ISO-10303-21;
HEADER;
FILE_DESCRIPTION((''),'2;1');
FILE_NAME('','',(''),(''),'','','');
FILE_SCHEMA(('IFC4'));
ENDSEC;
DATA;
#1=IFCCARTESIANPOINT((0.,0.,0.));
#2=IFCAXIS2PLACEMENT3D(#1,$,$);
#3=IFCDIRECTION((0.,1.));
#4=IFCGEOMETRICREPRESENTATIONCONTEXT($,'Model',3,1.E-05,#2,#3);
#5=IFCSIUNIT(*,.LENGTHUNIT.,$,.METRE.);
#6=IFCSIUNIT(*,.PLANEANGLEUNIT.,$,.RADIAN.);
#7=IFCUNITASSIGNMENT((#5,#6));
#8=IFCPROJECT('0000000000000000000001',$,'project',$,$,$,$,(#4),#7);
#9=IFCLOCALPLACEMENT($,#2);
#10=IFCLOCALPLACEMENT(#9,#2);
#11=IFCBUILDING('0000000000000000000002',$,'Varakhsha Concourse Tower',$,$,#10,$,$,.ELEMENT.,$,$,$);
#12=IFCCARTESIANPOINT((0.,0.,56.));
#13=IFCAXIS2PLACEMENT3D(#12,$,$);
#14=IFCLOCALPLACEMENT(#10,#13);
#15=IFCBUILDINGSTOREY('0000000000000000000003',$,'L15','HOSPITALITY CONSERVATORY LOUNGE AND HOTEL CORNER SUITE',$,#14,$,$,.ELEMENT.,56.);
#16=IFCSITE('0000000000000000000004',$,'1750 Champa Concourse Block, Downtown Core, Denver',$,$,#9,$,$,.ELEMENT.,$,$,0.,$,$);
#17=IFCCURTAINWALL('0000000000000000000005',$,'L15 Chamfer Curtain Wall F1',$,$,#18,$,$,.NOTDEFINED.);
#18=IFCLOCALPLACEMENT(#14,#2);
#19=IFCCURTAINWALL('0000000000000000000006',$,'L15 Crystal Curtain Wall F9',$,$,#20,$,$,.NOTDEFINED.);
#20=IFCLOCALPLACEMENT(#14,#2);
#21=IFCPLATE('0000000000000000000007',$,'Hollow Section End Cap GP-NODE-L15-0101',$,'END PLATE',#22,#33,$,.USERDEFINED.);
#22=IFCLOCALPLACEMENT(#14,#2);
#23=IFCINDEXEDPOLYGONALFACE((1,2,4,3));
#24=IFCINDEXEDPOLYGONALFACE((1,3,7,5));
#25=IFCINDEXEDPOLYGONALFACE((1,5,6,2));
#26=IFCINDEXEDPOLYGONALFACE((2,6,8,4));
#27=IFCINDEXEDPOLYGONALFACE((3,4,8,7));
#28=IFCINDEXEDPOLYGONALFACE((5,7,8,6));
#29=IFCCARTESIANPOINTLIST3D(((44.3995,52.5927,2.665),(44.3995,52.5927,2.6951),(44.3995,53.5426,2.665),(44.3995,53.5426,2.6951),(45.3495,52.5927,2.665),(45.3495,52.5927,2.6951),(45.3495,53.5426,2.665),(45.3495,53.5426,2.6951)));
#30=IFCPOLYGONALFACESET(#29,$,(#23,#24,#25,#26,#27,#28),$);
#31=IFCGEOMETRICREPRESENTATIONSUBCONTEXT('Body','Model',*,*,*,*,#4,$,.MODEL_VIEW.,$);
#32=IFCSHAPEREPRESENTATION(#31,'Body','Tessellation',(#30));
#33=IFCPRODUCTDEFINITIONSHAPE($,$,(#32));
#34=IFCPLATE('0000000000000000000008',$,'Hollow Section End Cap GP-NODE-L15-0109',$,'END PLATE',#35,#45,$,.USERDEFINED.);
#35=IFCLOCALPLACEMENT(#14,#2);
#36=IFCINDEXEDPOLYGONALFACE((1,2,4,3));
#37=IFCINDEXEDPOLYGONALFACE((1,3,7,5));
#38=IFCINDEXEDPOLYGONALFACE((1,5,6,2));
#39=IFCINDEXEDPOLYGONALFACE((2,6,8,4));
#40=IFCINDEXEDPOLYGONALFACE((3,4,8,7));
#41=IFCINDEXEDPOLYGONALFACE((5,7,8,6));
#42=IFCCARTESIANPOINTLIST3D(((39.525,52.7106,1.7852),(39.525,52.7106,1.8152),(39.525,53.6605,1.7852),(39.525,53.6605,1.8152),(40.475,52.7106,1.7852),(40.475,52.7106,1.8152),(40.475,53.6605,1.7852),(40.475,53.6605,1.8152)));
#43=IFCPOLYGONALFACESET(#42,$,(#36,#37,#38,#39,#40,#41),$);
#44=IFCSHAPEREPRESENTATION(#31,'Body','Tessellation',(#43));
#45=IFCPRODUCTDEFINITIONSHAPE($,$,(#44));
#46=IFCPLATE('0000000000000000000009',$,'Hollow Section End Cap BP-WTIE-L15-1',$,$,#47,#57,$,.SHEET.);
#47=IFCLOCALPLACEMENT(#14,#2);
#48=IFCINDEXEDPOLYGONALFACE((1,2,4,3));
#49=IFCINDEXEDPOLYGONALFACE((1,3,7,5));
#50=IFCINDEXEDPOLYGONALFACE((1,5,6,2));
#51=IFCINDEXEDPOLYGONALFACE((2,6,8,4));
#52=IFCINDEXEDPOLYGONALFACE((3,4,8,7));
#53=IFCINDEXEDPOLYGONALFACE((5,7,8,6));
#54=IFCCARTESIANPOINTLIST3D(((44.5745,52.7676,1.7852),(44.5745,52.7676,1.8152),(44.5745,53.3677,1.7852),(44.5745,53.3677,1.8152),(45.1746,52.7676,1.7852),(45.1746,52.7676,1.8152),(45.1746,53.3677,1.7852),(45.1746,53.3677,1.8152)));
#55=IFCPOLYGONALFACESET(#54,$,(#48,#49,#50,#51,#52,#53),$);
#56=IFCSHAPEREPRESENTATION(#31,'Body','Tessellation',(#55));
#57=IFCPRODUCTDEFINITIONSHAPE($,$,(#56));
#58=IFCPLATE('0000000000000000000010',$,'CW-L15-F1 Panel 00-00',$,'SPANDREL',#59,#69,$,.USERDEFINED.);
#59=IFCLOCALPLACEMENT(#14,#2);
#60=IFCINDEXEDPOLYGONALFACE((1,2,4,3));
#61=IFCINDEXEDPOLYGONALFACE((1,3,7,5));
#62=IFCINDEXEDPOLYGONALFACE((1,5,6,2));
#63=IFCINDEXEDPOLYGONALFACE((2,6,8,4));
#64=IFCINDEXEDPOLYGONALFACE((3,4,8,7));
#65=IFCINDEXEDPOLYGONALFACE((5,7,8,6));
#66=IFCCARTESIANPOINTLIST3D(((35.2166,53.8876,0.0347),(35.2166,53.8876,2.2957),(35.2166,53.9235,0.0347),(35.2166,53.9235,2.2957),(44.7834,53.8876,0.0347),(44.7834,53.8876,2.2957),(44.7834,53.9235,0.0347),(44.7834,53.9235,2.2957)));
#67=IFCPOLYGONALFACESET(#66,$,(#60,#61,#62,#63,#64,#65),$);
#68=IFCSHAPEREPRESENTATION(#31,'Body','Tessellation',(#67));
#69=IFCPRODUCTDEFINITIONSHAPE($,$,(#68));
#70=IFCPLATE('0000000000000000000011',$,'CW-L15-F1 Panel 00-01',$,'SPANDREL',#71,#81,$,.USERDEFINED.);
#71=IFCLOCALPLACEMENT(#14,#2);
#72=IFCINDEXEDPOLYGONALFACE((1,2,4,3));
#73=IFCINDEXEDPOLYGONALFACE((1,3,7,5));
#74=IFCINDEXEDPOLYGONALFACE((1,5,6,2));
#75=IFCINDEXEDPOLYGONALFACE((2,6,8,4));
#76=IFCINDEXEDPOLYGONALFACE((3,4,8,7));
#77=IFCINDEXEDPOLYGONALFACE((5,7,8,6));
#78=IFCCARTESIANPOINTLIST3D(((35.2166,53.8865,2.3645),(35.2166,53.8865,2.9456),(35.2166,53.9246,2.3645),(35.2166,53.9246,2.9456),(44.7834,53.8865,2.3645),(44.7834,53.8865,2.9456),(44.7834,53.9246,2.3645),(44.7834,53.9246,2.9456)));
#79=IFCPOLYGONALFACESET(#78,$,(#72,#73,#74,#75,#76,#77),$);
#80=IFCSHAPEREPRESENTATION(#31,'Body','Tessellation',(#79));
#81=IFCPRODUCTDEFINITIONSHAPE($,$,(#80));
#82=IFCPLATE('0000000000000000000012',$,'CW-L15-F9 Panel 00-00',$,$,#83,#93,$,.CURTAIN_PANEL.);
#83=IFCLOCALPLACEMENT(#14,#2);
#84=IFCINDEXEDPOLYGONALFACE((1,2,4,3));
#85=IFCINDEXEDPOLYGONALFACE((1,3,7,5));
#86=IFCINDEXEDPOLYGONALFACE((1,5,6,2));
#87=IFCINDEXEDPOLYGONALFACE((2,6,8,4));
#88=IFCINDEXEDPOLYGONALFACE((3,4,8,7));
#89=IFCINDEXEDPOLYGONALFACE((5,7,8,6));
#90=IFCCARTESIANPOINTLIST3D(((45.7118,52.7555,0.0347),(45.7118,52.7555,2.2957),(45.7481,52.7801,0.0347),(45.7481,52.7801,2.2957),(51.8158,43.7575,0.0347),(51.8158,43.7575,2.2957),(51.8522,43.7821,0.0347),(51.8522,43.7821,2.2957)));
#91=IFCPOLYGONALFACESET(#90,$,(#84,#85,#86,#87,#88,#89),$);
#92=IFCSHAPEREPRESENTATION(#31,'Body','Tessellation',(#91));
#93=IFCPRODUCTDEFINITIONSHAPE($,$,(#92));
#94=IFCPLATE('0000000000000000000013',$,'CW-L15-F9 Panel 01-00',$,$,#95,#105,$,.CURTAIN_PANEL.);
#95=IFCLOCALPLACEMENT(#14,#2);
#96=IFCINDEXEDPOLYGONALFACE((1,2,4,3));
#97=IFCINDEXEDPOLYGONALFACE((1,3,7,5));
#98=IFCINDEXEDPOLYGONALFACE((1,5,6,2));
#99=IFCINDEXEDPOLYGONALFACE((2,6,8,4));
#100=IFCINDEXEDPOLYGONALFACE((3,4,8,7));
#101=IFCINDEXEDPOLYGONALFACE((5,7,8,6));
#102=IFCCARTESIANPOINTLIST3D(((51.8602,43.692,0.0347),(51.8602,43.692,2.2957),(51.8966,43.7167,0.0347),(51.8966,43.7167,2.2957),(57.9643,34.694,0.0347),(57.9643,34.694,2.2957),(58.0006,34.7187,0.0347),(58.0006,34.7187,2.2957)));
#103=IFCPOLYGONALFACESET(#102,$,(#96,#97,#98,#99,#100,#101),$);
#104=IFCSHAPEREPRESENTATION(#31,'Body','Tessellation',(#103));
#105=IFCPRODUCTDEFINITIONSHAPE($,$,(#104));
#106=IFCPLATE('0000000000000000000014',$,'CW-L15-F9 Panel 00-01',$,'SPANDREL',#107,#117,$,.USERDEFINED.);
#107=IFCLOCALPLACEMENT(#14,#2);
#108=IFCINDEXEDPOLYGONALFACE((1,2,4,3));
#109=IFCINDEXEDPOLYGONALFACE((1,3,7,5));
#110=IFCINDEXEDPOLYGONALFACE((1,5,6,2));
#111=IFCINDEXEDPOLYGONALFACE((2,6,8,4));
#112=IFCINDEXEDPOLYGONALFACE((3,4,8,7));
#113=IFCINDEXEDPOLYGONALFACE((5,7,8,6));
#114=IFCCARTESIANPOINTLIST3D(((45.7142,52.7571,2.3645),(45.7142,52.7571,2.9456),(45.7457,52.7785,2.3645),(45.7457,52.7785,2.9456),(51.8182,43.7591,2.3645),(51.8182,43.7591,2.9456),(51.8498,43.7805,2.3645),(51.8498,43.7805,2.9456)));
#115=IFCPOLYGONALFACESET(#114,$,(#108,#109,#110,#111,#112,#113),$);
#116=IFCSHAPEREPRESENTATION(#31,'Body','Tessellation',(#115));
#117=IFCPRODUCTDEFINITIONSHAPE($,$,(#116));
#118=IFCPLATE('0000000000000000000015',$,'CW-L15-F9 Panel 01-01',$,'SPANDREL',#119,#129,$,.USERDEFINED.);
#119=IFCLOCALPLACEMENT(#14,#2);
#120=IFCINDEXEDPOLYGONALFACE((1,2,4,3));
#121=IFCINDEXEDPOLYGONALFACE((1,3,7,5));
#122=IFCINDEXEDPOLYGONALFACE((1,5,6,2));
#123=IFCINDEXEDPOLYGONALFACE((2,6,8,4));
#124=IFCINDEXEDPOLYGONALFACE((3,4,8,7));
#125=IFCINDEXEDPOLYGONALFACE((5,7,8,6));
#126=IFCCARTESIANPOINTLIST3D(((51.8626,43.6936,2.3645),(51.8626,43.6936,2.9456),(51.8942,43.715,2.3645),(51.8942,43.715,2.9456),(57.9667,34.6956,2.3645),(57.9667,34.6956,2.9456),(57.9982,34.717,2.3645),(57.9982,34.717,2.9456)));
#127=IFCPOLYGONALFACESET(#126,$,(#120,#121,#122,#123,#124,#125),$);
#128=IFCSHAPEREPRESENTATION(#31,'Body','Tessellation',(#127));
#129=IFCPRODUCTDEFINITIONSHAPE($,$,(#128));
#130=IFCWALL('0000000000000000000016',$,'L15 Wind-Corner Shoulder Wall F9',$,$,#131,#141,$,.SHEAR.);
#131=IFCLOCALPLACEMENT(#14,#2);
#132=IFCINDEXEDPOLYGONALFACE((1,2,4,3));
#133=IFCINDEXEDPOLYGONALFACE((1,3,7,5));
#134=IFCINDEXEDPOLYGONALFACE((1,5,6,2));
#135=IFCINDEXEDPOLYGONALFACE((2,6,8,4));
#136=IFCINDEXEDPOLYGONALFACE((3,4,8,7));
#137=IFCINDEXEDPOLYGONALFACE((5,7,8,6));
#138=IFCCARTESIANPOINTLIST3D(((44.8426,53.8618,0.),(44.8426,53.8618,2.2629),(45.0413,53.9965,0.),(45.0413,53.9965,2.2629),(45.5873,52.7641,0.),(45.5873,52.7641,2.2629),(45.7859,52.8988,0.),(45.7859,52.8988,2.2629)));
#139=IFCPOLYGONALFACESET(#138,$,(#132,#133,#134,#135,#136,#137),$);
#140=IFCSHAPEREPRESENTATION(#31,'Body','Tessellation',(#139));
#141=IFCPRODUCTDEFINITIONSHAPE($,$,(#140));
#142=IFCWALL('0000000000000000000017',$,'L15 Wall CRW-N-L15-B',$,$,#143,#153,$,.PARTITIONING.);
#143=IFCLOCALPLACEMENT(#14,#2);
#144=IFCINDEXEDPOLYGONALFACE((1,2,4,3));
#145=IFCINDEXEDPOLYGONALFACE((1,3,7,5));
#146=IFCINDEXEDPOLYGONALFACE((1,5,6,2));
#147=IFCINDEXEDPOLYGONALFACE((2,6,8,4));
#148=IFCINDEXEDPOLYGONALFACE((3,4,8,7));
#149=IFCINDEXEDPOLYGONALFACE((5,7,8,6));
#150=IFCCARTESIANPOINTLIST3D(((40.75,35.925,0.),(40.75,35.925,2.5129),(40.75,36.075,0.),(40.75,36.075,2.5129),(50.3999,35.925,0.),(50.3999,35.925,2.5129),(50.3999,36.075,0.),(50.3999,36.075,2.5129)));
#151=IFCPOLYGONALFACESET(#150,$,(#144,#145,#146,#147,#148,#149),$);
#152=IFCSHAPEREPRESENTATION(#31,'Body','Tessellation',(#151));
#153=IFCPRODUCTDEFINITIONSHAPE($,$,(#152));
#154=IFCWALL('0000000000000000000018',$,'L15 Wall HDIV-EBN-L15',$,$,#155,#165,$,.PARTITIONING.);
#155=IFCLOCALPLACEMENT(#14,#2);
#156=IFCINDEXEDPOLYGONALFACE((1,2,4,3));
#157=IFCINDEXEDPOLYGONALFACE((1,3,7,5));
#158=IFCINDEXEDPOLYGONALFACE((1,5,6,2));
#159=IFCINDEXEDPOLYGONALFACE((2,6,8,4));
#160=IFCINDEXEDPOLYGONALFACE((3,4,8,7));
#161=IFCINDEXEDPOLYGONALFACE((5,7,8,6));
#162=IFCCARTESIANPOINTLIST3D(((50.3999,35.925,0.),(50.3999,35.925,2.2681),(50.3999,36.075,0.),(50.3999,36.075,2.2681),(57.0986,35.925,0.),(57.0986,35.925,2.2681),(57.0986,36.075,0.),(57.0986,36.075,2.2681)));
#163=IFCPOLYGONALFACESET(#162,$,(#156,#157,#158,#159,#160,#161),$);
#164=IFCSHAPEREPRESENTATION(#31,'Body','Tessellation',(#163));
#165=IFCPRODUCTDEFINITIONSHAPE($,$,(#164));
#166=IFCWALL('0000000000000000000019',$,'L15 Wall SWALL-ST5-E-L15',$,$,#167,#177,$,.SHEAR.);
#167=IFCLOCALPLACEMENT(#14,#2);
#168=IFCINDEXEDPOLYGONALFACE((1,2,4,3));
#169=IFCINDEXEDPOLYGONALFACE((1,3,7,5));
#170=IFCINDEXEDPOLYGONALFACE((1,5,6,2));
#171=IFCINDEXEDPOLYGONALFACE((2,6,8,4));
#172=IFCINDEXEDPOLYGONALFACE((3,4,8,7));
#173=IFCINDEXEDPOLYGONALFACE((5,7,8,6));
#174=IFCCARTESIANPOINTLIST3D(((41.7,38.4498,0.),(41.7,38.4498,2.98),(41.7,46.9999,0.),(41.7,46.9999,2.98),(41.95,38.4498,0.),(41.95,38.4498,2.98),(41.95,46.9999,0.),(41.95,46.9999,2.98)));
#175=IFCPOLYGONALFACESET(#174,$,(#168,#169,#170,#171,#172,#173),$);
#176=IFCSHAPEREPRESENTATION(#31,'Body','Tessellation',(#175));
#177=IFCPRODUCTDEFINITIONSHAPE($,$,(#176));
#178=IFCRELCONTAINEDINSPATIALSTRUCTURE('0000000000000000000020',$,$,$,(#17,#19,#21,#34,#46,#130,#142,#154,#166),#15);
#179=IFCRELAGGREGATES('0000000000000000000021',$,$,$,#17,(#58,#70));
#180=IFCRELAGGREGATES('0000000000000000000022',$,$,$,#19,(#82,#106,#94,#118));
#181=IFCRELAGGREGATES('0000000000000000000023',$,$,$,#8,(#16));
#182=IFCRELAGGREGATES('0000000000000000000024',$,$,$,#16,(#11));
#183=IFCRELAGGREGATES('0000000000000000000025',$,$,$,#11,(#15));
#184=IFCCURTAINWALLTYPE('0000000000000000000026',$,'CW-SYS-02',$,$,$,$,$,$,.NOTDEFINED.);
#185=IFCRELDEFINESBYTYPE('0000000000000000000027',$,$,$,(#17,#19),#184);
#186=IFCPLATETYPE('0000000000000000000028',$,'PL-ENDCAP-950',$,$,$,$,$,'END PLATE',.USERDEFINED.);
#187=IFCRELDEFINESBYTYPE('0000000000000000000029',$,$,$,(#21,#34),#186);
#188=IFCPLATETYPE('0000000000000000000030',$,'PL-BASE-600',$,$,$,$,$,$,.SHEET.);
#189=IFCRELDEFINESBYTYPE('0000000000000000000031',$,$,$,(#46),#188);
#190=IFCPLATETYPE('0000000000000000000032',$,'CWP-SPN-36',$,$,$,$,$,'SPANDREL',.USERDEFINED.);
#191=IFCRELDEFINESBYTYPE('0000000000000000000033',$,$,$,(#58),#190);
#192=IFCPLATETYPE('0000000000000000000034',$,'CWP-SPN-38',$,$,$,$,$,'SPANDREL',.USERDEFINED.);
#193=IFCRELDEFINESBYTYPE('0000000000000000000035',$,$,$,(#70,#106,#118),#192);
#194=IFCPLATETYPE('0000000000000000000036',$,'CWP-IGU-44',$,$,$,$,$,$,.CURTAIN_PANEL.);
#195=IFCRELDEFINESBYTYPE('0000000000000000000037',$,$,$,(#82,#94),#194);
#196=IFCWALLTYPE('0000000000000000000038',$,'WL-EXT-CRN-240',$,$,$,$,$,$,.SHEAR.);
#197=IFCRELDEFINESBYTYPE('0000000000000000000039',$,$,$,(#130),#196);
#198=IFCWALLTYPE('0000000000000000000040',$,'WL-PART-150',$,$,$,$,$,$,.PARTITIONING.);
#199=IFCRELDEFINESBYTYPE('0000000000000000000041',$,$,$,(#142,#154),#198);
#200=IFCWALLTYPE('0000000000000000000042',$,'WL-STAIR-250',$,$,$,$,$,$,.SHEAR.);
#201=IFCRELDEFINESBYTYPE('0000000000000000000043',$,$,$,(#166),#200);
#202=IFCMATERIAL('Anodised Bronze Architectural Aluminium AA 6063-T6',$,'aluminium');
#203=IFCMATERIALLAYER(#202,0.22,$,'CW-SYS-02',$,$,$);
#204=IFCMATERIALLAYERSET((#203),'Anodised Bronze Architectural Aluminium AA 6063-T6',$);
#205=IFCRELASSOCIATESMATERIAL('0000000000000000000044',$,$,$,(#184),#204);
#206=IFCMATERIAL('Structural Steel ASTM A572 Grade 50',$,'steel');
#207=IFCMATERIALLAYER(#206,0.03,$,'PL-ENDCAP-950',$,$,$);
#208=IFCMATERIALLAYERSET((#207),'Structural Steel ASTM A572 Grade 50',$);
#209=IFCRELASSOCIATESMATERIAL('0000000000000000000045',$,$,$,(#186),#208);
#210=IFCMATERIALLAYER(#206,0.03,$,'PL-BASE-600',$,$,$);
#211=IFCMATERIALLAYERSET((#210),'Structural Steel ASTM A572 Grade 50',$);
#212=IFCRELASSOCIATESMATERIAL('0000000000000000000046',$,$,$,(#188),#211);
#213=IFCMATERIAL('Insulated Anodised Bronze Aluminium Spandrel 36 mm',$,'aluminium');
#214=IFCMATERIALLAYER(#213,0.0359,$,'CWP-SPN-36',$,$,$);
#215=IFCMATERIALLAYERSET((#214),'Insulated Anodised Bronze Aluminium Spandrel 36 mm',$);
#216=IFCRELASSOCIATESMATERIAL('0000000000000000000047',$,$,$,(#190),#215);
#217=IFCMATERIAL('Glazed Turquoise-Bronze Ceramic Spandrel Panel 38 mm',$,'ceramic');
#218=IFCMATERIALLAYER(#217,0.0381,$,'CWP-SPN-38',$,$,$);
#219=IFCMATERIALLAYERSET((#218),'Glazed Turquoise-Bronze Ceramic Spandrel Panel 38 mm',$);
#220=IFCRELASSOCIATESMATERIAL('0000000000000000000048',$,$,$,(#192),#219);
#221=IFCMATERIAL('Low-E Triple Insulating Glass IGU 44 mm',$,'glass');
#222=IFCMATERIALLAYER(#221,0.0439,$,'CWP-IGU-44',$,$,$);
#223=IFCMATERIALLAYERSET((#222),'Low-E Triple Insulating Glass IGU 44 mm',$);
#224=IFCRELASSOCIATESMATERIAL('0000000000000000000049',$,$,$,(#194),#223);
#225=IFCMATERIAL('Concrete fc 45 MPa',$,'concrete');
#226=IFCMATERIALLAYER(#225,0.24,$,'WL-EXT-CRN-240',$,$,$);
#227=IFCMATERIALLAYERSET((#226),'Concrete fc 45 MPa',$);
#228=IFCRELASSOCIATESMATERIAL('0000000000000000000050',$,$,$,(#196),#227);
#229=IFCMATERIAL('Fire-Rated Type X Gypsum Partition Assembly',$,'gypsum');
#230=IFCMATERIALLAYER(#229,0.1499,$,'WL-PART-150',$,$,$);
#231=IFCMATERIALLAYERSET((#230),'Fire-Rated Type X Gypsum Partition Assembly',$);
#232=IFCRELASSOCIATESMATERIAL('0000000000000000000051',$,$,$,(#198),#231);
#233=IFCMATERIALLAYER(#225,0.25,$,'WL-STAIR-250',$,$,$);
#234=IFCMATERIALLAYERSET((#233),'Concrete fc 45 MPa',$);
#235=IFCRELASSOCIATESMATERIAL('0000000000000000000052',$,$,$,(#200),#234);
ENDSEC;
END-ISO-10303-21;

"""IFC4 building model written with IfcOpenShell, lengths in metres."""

from ifc_helpers import new_model, si_unit, direction, frame, frame_2d, origin, origin_2d, place, context, subcontext, project, spatial, rectangle, extrude, source, transform, mapped, material, layer, layer_set, type_object, type_shapes, element, aggregate, save


model = new_model("IFC4")

# Units and contexts
model_context = context("Model", 3, precision=1e-05, world=origin(), true_north=direction((0.0, 1.0)))
body_context = subcontext(model_context, "Body", "Model", "MODEL_VIEW")
ifc_project = project(units=[si_unit("LENGTHUNIT", "METRE"), si_unit("PLANEANGLEUNIT", "RADIAN")], contexts=[model_context])

# Site, building, storey
site_placement = place(None, origin())
site = spatial("IfcSite", under=ifc_project, at=site_placement, Name="1750 Champa Concourse Block, Downtown Core, Denver", CompositionType="ELEMENT", RefElevation=0.0)
building_placement = place(site_placement, origin())
building = spatial("IfcBuilding", under=site, at=building_placement, Name="Varakhsha Concourse Tower", CompositionType="ELEMENT")
storey_placement = place(building_placement, frame((0.0, 0.0, 56.0)))
storey = spatial("IfcBuildingStorey", under=building, at=storey_placement, Name="L15", Description="HOSPITALITY CONSERVATORY LOUNGE AND HOTEL CORNER SUITE", CompositionType="ELEMENT", Elevation=56.0)

# Shared definitions
ifc_material_1 = material(Name="Structural Steel ASTM A572 Grade 50", Category="steel")

# Curtain wall
ifc_material_2 = material(Name="Anodised Bronze Architectural Aluminium AA 6063-T6", Category="aluminium")
ifc_layer_1 = layer(ifc_material_2, 0.22, Name="CW-SYS-02")
ifc_layer_set_1 = layer_set([ifc_layer_1], Name="Anodised Bronze Architectural Aluminium AA 6063-T6")
curtain_wall_type = type_object("IfcCurtainWallType", Name="CW-SYS-02", PredefinedType="NOTDEFINED", material=ifc_layer_set_1)
curtain_wall_1_placement = place(storey_placement, origin())
curtain_wall_1 = element("IfcCurtainWall", 1, at=curtain_wall_1_placement, inside=storey, type_object=curtain_wall_type, Name="L15 Chamfer Curtain Wall F1", PredefinedType="NOTDEFINED")

# Curtain wall
curtain_wall_2_placement = place(storey_placement, origin())
curtain_wall_2 = element("IfcCurtainWall", 2, at=curtain_wall_2_placement, inside=storey, type_object=curtain_wall_type, Name="L15 Crystal Curtain Wall F9", PredefinedType="NOTDEFINED")

# Plates
ifc_layer_2 = layer(ifc_material_1, 0.03, Name="PL-ENDCAP-950")
ifc_layer_set_2 = layer_set([ifc_layer_2], Name="Structural Steel ASTM A572 Grade 50")
plate_type_1 = type_object("IfcPlateType", Name="PL-ENDCAP-950", ElementType="END PLATE", PredefinedType="USERDEFINED", material=ifc_layer_set_2)
shared_shape_1 = source(origin(), body_context, "Body", "SweptSolid", [
    extrude(rectangle(XDim=0.95, YDim=0.95, at=origin_2d()), origin(), (0.0, 0.0, 1.0), 0.03),
])
type_shapes(plate_type_1, [shared_shape_1])
for number, where, z_axis, x_axis, name in (
    (3, (44.8745, 53.0676, 2.665), (0.0, 0.0, 1.0), (1.0, 0.0, 0.0), "Hollow Section End Cap GP-NODE-L15-0101"),
    (4, (40.0, 53.1855, 1.7852), (0.0, 0.0, 1.0), (1.0, 0.0, 0.0), "Hollow Section End Cap GP-NODE-L15-0109"),
):
    element("IfcPlate", number, at=place(storey_placement, frame(where, z_axis=z_axis, x_axis=x_axis)), inside=storey, type_object=plate_type_1, Name=name, ObjectType="END PLATE", PredefinedType="USERDEFINED", context=body_context, shape_type="MappedRepresentation", body=[
        mapped(shared_shape_1, transform((0.0, 0.0, 0.0), scale=1.0)),
    ])
ifc_layer_3 = layer(ifc_material_1, 0.03, Name="PL-BASE-600")
ifc_layer_set_3 = layer_set([ifc_layer_3], Name="Structural Steel ASTM A572 Grade 50")
plate_type_2 = type_object("IfcPlateType", Name="PL-BASE-600", PredefinedType="SHEET", material=ifc_layer_set_3)
shared_shape_2 = source(origin(), body_context, "Body", "SweptSolid", [
    extrude(rectangle(XDim=0.6001, YDim=0.6001, at=origin_2d()), origin(), (0.0, 0.0, 1.0), 0.03),
])
type_shapes(plate_type_2, [shared_shape_2])
plate_1_placement = place(storey_placement, frame((44.8745, 53.0676, 1.7852), z_axis=(0.0, 0.0, 1.0), x_axis=(1.0, 0.0, 0.0)))
element("IfcPlate", 5, at=plate_1_placement, inside=storey, type_object=plate_type_2, Name="Hollow Section End Cap BP-WTIE-L15-1", PredefinedType="SHEET", context=body_context, shape_type="MappedRepresentation", body=[
    mapped(shared_shape_2, transform((0.0, 0.0, 0.0), scale=1.0)),
])

# Plates
ifc_material_3 = material(Name="Insulated Anodised Bronze Aluminium Spandrel 36 mm", Category="aluminium")
ifc_layer_4 = layer(ifc_material_3, 0.0359, Name="CWP-SPN-36")
ifc_layer_set_4 = layer_set([ifc_layer_4], Name="Insulated Anodised Bronze Aluminium Spandrel 36 mm")
plate_type_3 = type_object("IfcPlateType", Name="CWP-SPN-36", ElementType="SPANDREL", PredefinedType="USERDEFINED", material=ifc_layer_set_4)
shared_shape_3 = source(origin(), body_context, "Body", "SweptSolid", [
    extrude(rectangle(XDim=9.5669, YDim=0.0359, at=origin_2d()), origin(), (0.0, 0.0, 1.0), 2.261),
])
type_shapes(plate_type_3, [shared_shape_3])
plate_2_placement = place(storey_placement, frame((40.0, 53.9055, 0.0347), z_axis=(0.0, 0.0, 1.0), x_axis=(1.0, 0.0, 0.0)))
plate_2 = element("IfcPlate", 6, at=plate_2_placement, type_object=plate_type_3, Name="CW-L15-F1 Panel 00-00", ObjectType="SPANDREL", PredefinedType="USERDEFINED", context=body_context, shape_type="MappedRepresentation", body=[
    mapped(shared_shape_3, transform((0.0, 0.0, 0.0), scale=1.0)),
])
ifc_material_4 = material(Name="Glazed Turquoise-Bronze Ceramic Spandrel Panel 38 mm", Category="ceramic")
ifc_layer_5 = layer(ifc_material_4, 0.0381, Name="CWP-SPN-38")
ifc_layer_set_5 = layer_set([ifc_layer_5], Name="Glazed Turquoise-Bronze Ceramic Spandrel Panel 38 mm")
plate_type_4 = type_object("IfcPlateType", Name="CWP-SPN-38", ElementType="SPANDREL", PredefinedType="USERDEFINED", material=ifc_layer_set_5)
shared_shape_4 = source(origin(), body_context, "Body", "SweptSolid", [
    extrude(rectangle(XDim=9.5669, YDim=0.0381, at=origin_2d()), origin(), (0.0, 0.0, 1.0), 0.5811),
])
plate_3_placement = place(storey_placement, frame((40.0, 53.9055, 2.3645), z_axis=(0.0, 0.0, 1.0), x_axis=(1.0, 0.0, 0.0)))
plate_3 = element("IfcPlate", 7, at=plate_3_placement, type_object=plate_type_4, Name="CW-L15-F1 Panel 00-01", ObjectType="SPANDREL", PredefinedType="USERDEFINED", context=body_context, shape_type="MappedRepresentation", body=[
    mapped(shared_shape_4, transform((0.0, 0.0, 0.0), scale=1.0)),
])
aggregate(curtain_wall_1, [plate_2, plate_3])
ifc_material_5 = material(Name="Low-E Triple Insulating Glass IGU 44 mm", Category="glass")
ifc_layer_6 = layer(ifc_material_5, 0.0439, Name="CWP-IGU-44")
ifc_layer_set_6 = layer_set([ifc_layer_6], Name="Low-E Triple Insulating Glass IGU 44 mm")
plate_type_5 = type_object("IfcPlateType", Name="CWP-IGU-44", PredefinedType="CURTAIN_PANEL", material=ifc_layer_set_6)
shared_shape_5 = source(origin(), body_context, "Body", "SweptSolid", [
    extrude(rectangle(XDim=10.873, YDim=0.0439, at=origin_2d()), origin(), (0.0, 0.0, 1.0), 2.261),
])
type_shapes(plate_type_5, [shared_shape_5])
plate_4_placement = place(storey_placement, frame((48.782, 48.2688, 0.0347), z_axis=(0.0, 0.0, 1.0), x_axis=(0.561392, -0.82755, 0.0)))
plate_4 = element("IfcPlate", 8, at=plate_4_placement, type_object=plate_type_5, Name="CW-L15-F9 Panel 00-00", PredefinedType="CURTAIN_PANEL", context=body_context, shape_type="MappedRepresentation", body=[
    mapped(shared_shape_5, transform((0.0, 0.0, 0.0), scale=1.0)),
])
plate_5_placement = place(storey_placement, frame((54.9304, 39.2053, 0.0347), z_axis=(0.0, 0.0, 1.0), x_axis=(0.561392, -0.82755, 0.0)))
plate_5 = element("IfcPlate", 9, at=plate_5_placement, type_object=plate_type_5, Name="CW-L15-F9 Panel 01-00", PredefinedType="CURTAIN_PANEL", context=body_context, shape_type="MappedRepresentation", body=[
    mapped(shared_shape_5, transform((0.0, 0.0, 0.0), scale=1.0)),
])
shared_shape_6 = source(origin(), body_context, "Body", "SweptSolid", [
    extrude(rectangle(XDim=10.873, YDim=0.0381, at=origin_2d()), origin(), (0.0, 0.0, 1.0), 0.5811),
])
type_shapes(plate_type_4, [shared_shape_4, shared_shape_6])
plate_6_placement = place(storey_placement, frame((48.782, 48.2688, 2.3645), z_axis=(0.0, 0.0, 1.0), x_axis=(0.561392, -0.82755, 0.0)))
plate_6 = element("IfcPlate", 10, at=plate_6_placement, type_object=plate_type_4, Name="CW-L15-F9 Panel 00-01", ObjectType="SPANDREL", PredefinedType="USERDEFINED", context=body_context, shape_type="MappedRepresentation", body=[
    mapped(shared_shape_6, transform((0.0, 0.0, 0.0), scale=1.0)),
])
plate_7_placement = place(storey_placement, frame((54.9304, 39.2053, 2.3645), z_axis=(0.0, 0.0, 1.0), x_axis=(0.561392, -0.82755, 0.0)))
plate_7 = element("IfcPlate", 11, at=plate_7_placement, type_object=plate_type_4, Name="CW-L15-F9 Panel 01-01", ObjectType="SPANDREL", PredefinedType="USERDEFINED", context=body_context, shape_type="MappedRepresentation", body=[
    mapped(shared_shape_6, transform((0.0, 0.0, 0.0), scale=1.0)),
])
aggregate(curtain_wall_2, [plate_4, plate_6, plate_5, plate_7])

# Walls
ifc_material_6 = material(Name="Concrete fc 45 MPa", Category="concrete")
ifc_layer_7 = layer(ifc_material_6, 0.24, Name="WL-EXT-CRN-240")
ifc_layer_set_7 = layer_set([ifc_layer_7], Name="Concrete fc 45 MPa")
wall_type_1 = type_object("IfcWallType", Name="WL-EXT-CRN-240", PredefinedType="SHEAR", material=ifc_layer_set_7)
wall_1_placement = place(storey_placement, frame((45.6865, 52.8315, 0.0), z_axis=(0.0, 0.0, 1.0), x_axis=(-0.561393, 0.827549, 0.0)))
element("IfcWall", 12, at=wall_1_placement, inside=storey, type_object=wall_type_1, Name="L15 Wind-Corner Shoulder Wall F9", PredefinedType="SHEAR", context=body_context, shape_type="SweptSolid", body=[
    extrude(rectangle(XDim=1.3264, YDim=0.24, at=frame_2d((0.6631, 0.0))), origin(), (0.0, 0.0, 1.0), 2.2629),
])
ifc_material_7 = material(Name="Fire-Rated Type X Gypsum Partition Assembly", Category="gypsum")
ifc_layer_8 = layer(ifc_material_7, 0.1499, Name="WL-PART-150")
ifc_layer_set_8 = layer_set([ifc_layer_8], Name="Fire-Rated Type X Gypsum Partition Assembly")
wall_type_2 = type_object("IfcWallType", Name="WL-PART-150", PredefinedType="PARTITIONING", material=ifc_layer_set_8)
wall_2_placement = place(storey_placement, frame((40.75, 36.0, 0.0), z_axis=(0.0, 0.0, 1.0), x_axis=(1.0, 0.0, 0.0)))
element("IfcWall", 13, at=wall_2_placement, inside=storey, type_object=wall_type_2, Name="L15 Wall CRW-N-L15-B", PredefinedType="PARTITIONING", context=body_context, shape_type="SweptSolid", body=[
    extrude(rectangle(XDim=9.6499, YDim=0.1499, at=frame_2d((4.825, 0.0))), origin(), (0.0, 0.0, 1.0), 2.5129),
])
wall_3_placement = place(storey_placement, frame((50.3999, 36.0, 0.0), z_axis=(0.0, 0.0, 1.0), x_axis=(1.0, 0.0, 0.0)))
element("IfcWall", 14, at=wall_3_placement, inside=storey, type_object=wall_type_2, Name="L15 Wall HDIV-EBN-L15", PredefinedType="PARTITIONING", context=body_context, shape_type="SweptSolid", body=[
    extrude(rectangle(XDim=6.6987, YDim=0.1499, at=frame_2d((3.3494, 0.0))), origin(), (0.0, 0.0, 1.0), 2.2681),
])
ifc_layer_9 = layer(ifc_material_6, 0.25, Name="WL-STAIR-250")
ifc_layer_set_9 = layer_set([ifc_layer_9], Name="Concrete fc 45 MPa")
wall_type_3 = type_object("IfcWallType", Name="WL-STAIR-250", PredefinedType="SHEAR", material=ifc_layer_set_9)
wall_4_placement = place(storey_placement, frame((41.825, 38.45, 0.0), z_axis=(0.0, 0.0, 1.0), x_axis=(0.0, 1.0, 0.0)))
element("IfcWall", 15, at=wall_4_placement, inside=storey, type_object=wall_type_3, Name="L15 Wall SWALL-ST5-E-L15", PredefinedType="SHEAR", context=body_context, shape_type="SweptSolid", body=[
    extrude(rectangle(XDim=8.55, YDim=0.25, at=frame_2d((4.2749, 0.0))), origin(), (0.0, 0.0, 1.0), 2.98),
])

save(model, "model.ifc")
